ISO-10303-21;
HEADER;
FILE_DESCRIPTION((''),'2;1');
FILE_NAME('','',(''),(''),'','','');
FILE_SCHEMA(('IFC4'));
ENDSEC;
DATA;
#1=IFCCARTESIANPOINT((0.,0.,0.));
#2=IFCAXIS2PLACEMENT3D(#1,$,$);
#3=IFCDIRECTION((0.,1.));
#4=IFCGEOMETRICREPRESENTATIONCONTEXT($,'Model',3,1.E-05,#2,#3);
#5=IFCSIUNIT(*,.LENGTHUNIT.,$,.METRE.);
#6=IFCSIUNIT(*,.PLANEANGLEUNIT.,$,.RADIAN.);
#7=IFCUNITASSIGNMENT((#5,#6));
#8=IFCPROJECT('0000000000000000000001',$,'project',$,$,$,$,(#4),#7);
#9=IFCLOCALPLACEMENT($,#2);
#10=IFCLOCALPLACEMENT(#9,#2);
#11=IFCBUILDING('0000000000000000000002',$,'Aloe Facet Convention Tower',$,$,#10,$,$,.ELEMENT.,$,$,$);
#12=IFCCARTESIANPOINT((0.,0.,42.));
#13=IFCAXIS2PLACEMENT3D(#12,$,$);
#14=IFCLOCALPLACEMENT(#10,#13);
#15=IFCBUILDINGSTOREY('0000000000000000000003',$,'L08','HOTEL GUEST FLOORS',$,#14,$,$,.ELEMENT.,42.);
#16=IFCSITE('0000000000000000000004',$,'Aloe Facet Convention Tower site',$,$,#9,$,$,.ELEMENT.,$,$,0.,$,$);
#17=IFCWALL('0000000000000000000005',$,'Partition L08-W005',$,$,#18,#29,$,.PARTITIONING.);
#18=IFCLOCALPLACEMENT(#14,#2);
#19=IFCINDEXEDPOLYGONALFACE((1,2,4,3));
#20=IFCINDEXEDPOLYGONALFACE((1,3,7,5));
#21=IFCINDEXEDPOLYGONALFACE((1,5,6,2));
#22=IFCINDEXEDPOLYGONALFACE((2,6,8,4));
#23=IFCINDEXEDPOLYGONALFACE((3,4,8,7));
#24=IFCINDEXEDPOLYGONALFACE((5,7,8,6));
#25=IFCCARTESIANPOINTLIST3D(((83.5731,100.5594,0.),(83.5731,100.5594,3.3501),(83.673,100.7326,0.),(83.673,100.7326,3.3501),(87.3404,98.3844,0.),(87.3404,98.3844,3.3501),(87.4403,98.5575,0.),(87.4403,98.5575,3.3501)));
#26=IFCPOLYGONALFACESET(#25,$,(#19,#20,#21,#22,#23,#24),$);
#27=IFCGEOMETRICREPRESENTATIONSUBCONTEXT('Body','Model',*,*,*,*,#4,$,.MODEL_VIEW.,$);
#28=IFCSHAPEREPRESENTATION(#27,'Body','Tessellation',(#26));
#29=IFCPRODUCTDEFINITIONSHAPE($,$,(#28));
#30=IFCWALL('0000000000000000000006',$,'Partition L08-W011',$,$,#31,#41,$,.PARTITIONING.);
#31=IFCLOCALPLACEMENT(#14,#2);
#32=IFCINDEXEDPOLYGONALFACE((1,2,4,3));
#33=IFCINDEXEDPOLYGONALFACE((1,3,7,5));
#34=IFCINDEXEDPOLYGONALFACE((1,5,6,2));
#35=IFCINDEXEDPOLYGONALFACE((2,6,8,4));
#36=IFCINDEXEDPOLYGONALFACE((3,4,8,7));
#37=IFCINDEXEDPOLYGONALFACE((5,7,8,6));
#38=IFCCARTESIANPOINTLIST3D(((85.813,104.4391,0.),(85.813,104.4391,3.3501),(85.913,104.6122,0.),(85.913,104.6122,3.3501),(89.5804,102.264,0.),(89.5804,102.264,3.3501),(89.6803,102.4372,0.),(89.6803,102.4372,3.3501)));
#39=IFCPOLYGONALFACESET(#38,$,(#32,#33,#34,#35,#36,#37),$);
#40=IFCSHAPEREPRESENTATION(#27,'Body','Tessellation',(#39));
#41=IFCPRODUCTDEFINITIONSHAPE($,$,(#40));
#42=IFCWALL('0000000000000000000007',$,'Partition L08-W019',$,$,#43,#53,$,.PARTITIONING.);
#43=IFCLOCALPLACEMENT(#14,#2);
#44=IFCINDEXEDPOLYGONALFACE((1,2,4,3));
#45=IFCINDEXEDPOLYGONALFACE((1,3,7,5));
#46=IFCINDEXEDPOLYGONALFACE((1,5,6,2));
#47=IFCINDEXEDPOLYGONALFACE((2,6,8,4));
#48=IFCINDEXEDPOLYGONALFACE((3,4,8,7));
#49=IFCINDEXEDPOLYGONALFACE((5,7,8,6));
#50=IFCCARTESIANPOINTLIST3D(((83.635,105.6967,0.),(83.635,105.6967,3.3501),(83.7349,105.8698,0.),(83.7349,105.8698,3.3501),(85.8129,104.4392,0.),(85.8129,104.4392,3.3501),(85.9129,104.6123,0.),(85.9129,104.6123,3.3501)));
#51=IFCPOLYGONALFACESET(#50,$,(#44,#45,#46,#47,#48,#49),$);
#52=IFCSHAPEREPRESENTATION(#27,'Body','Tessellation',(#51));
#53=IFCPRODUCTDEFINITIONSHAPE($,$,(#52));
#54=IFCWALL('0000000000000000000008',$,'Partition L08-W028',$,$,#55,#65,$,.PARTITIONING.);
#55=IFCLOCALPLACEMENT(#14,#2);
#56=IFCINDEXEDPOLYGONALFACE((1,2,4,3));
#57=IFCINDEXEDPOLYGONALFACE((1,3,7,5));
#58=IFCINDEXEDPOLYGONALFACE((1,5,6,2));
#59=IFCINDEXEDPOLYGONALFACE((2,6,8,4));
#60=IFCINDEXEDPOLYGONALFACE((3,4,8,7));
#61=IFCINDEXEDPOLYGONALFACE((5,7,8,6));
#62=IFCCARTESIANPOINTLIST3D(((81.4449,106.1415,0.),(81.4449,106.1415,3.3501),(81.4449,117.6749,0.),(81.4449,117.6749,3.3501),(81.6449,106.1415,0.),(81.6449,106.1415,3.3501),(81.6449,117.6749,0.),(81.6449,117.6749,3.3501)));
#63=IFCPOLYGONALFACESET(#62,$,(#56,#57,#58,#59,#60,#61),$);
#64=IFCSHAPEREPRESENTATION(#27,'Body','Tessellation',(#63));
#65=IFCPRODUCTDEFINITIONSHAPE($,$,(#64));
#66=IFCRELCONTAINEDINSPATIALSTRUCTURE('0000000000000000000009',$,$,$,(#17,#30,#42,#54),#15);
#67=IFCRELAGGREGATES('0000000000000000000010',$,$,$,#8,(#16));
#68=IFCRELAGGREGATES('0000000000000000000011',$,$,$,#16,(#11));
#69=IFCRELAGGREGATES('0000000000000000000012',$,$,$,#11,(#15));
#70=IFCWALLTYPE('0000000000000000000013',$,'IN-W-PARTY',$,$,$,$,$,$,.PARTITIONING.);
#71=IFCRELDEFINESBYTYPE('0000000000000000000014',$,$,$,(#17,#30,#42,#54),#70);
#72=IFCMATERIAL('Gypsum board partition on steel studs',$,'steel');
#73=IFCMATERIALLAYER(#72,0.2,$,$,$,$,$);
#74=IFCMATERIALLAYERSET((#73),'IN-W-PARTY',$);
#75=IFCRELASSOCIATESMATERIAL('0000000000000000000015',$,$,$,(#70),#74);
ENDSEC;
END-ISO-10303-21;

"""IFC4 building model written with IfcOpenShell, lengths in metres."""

from ifc_helpers import new_model, si_unit, direction, frame, frame_2d, origin, place, context, subcontext, project, spatial, rectangle, extrude, material, layer, layer_set, type_object, element, save


model = new_model("IFC4")

# Units and contexts
model_context = context("Model", 3, precision=1e-05, world=origin(), true_north=direction((0.0, 1.0)))
body_context = subcontext(model_context, "Body", "Model", "MODEL_VIEW")
ifc_project = project(units=[si_unit("LENGTHUNIT", "METRE"), si_unit("PLANEANGLEUNIT", "RADIAN")], contexts=[model_context])

# Site, building, storey
site_placement = place(None, origin())
site = spatial("IfcSite", under=ifc_project, at=site_placement, Name="Aloe Facet Convention Tower site", CompositionType="ELEMENT", RefElevation=0.0)
building_placement = place(site_placement, origin())
building = spatial("IfcBuilding", under=site, at=building_placement, Name="Aloe Facet Convention Tower", CompositionType="ELEMENT")
storey_placement = place(building_placement, frame((0.0, 0.0, 42.0)))
storey = spatial("IfcBuildingStorey", under=building, at=storey_placement, Name="L08", Description="HOTEL GUEST FLOORS", CompositionType="ELEMENT", Elevation=42.0)

# Walls
ifc_material_1 = material(Name="Gypsum board partition on steel studs", Category="steel")
ifc_layer_1 = layer(ifc_material_1, 0.2)
ifc_layer_set_1 = layer_set([ifc_layer_1], Name="IN-W-PARTY")
wall_type_1 = type_object("IfcWallType", Name="IN-W-PARTY", PredefinedType="PARTITIONING", material=ifc_layer_set_1)
for number, where, z_axis, x_axis, name in (
    (1, (83.623, 100.646, 0.0), (0.0, 0.0, 1.0), (0.866028, -0.499996, 0.0), "Partition L08-W005"),
    (2, (85.863, 104.5256, 0.0), (0.0, 0.0, 1.0), (0.866028, -0.499996, 0.0), "Partition L08-W011"),
):
    element("IfcWall", number, at=place(storey_placement, frame(where, z_axis=z_axis, x_axis=x_axis)), inside=storey, type_object=wall_type_1, Name=name, PredefinedType="PARTITIONING", context=body_context, shape_type="SweptSolid", body=[
        extrude(rectangle(XDim=4.3501, YDim=0.2, at=frame_2d((2.175, 0.0))), origin(), (0.0, 0.0, 1.0), 3.3501),
    ])
wall_1_placement = place(storey_placement, frame((83.6851, 105.7832, 0.0), z_axis=(0.0, 0.0, 1.0), x_axis=(0.866006, -0.500033, 0.0)))
element("IfcWall", 3, at=wall_1_placement, inside=storey, type_object=wall_type_1, Name="Partition L08-W019", PredefinedType="PARTITIONING", context=body_context, shape_type="SweptSolid", body=[
    extrude(rectangle(XDim=2.5149, YDim=0.2, at=frame_2d((1.2573, 0.0))), origin(), (0.0, 0.0, 1.0), 3.3501),
])
wall_2_placement = place(storey_placement, frame((81.5449, 106.1416, 0.0), z_axis=(0.0, 0.0, 1.0), x_axis=(0.0, 1.0, 0.0)))
element("IfcWall", 4, at=wall_2_placement, inside=storey, type_object=wall_type_1, Name="Partition L08-W028", PredefinedType="PARTITIONING", context=body_context, shape_type="SweptSolid", body=[
    extrude(rectangle(XDim=11.5334, YDim=0.2, at=frame_2d((5.7666, 0.0))), origin(), (0.0, 0.0, 1.0), 3.3501),
])

save(model, "model.ifc")
